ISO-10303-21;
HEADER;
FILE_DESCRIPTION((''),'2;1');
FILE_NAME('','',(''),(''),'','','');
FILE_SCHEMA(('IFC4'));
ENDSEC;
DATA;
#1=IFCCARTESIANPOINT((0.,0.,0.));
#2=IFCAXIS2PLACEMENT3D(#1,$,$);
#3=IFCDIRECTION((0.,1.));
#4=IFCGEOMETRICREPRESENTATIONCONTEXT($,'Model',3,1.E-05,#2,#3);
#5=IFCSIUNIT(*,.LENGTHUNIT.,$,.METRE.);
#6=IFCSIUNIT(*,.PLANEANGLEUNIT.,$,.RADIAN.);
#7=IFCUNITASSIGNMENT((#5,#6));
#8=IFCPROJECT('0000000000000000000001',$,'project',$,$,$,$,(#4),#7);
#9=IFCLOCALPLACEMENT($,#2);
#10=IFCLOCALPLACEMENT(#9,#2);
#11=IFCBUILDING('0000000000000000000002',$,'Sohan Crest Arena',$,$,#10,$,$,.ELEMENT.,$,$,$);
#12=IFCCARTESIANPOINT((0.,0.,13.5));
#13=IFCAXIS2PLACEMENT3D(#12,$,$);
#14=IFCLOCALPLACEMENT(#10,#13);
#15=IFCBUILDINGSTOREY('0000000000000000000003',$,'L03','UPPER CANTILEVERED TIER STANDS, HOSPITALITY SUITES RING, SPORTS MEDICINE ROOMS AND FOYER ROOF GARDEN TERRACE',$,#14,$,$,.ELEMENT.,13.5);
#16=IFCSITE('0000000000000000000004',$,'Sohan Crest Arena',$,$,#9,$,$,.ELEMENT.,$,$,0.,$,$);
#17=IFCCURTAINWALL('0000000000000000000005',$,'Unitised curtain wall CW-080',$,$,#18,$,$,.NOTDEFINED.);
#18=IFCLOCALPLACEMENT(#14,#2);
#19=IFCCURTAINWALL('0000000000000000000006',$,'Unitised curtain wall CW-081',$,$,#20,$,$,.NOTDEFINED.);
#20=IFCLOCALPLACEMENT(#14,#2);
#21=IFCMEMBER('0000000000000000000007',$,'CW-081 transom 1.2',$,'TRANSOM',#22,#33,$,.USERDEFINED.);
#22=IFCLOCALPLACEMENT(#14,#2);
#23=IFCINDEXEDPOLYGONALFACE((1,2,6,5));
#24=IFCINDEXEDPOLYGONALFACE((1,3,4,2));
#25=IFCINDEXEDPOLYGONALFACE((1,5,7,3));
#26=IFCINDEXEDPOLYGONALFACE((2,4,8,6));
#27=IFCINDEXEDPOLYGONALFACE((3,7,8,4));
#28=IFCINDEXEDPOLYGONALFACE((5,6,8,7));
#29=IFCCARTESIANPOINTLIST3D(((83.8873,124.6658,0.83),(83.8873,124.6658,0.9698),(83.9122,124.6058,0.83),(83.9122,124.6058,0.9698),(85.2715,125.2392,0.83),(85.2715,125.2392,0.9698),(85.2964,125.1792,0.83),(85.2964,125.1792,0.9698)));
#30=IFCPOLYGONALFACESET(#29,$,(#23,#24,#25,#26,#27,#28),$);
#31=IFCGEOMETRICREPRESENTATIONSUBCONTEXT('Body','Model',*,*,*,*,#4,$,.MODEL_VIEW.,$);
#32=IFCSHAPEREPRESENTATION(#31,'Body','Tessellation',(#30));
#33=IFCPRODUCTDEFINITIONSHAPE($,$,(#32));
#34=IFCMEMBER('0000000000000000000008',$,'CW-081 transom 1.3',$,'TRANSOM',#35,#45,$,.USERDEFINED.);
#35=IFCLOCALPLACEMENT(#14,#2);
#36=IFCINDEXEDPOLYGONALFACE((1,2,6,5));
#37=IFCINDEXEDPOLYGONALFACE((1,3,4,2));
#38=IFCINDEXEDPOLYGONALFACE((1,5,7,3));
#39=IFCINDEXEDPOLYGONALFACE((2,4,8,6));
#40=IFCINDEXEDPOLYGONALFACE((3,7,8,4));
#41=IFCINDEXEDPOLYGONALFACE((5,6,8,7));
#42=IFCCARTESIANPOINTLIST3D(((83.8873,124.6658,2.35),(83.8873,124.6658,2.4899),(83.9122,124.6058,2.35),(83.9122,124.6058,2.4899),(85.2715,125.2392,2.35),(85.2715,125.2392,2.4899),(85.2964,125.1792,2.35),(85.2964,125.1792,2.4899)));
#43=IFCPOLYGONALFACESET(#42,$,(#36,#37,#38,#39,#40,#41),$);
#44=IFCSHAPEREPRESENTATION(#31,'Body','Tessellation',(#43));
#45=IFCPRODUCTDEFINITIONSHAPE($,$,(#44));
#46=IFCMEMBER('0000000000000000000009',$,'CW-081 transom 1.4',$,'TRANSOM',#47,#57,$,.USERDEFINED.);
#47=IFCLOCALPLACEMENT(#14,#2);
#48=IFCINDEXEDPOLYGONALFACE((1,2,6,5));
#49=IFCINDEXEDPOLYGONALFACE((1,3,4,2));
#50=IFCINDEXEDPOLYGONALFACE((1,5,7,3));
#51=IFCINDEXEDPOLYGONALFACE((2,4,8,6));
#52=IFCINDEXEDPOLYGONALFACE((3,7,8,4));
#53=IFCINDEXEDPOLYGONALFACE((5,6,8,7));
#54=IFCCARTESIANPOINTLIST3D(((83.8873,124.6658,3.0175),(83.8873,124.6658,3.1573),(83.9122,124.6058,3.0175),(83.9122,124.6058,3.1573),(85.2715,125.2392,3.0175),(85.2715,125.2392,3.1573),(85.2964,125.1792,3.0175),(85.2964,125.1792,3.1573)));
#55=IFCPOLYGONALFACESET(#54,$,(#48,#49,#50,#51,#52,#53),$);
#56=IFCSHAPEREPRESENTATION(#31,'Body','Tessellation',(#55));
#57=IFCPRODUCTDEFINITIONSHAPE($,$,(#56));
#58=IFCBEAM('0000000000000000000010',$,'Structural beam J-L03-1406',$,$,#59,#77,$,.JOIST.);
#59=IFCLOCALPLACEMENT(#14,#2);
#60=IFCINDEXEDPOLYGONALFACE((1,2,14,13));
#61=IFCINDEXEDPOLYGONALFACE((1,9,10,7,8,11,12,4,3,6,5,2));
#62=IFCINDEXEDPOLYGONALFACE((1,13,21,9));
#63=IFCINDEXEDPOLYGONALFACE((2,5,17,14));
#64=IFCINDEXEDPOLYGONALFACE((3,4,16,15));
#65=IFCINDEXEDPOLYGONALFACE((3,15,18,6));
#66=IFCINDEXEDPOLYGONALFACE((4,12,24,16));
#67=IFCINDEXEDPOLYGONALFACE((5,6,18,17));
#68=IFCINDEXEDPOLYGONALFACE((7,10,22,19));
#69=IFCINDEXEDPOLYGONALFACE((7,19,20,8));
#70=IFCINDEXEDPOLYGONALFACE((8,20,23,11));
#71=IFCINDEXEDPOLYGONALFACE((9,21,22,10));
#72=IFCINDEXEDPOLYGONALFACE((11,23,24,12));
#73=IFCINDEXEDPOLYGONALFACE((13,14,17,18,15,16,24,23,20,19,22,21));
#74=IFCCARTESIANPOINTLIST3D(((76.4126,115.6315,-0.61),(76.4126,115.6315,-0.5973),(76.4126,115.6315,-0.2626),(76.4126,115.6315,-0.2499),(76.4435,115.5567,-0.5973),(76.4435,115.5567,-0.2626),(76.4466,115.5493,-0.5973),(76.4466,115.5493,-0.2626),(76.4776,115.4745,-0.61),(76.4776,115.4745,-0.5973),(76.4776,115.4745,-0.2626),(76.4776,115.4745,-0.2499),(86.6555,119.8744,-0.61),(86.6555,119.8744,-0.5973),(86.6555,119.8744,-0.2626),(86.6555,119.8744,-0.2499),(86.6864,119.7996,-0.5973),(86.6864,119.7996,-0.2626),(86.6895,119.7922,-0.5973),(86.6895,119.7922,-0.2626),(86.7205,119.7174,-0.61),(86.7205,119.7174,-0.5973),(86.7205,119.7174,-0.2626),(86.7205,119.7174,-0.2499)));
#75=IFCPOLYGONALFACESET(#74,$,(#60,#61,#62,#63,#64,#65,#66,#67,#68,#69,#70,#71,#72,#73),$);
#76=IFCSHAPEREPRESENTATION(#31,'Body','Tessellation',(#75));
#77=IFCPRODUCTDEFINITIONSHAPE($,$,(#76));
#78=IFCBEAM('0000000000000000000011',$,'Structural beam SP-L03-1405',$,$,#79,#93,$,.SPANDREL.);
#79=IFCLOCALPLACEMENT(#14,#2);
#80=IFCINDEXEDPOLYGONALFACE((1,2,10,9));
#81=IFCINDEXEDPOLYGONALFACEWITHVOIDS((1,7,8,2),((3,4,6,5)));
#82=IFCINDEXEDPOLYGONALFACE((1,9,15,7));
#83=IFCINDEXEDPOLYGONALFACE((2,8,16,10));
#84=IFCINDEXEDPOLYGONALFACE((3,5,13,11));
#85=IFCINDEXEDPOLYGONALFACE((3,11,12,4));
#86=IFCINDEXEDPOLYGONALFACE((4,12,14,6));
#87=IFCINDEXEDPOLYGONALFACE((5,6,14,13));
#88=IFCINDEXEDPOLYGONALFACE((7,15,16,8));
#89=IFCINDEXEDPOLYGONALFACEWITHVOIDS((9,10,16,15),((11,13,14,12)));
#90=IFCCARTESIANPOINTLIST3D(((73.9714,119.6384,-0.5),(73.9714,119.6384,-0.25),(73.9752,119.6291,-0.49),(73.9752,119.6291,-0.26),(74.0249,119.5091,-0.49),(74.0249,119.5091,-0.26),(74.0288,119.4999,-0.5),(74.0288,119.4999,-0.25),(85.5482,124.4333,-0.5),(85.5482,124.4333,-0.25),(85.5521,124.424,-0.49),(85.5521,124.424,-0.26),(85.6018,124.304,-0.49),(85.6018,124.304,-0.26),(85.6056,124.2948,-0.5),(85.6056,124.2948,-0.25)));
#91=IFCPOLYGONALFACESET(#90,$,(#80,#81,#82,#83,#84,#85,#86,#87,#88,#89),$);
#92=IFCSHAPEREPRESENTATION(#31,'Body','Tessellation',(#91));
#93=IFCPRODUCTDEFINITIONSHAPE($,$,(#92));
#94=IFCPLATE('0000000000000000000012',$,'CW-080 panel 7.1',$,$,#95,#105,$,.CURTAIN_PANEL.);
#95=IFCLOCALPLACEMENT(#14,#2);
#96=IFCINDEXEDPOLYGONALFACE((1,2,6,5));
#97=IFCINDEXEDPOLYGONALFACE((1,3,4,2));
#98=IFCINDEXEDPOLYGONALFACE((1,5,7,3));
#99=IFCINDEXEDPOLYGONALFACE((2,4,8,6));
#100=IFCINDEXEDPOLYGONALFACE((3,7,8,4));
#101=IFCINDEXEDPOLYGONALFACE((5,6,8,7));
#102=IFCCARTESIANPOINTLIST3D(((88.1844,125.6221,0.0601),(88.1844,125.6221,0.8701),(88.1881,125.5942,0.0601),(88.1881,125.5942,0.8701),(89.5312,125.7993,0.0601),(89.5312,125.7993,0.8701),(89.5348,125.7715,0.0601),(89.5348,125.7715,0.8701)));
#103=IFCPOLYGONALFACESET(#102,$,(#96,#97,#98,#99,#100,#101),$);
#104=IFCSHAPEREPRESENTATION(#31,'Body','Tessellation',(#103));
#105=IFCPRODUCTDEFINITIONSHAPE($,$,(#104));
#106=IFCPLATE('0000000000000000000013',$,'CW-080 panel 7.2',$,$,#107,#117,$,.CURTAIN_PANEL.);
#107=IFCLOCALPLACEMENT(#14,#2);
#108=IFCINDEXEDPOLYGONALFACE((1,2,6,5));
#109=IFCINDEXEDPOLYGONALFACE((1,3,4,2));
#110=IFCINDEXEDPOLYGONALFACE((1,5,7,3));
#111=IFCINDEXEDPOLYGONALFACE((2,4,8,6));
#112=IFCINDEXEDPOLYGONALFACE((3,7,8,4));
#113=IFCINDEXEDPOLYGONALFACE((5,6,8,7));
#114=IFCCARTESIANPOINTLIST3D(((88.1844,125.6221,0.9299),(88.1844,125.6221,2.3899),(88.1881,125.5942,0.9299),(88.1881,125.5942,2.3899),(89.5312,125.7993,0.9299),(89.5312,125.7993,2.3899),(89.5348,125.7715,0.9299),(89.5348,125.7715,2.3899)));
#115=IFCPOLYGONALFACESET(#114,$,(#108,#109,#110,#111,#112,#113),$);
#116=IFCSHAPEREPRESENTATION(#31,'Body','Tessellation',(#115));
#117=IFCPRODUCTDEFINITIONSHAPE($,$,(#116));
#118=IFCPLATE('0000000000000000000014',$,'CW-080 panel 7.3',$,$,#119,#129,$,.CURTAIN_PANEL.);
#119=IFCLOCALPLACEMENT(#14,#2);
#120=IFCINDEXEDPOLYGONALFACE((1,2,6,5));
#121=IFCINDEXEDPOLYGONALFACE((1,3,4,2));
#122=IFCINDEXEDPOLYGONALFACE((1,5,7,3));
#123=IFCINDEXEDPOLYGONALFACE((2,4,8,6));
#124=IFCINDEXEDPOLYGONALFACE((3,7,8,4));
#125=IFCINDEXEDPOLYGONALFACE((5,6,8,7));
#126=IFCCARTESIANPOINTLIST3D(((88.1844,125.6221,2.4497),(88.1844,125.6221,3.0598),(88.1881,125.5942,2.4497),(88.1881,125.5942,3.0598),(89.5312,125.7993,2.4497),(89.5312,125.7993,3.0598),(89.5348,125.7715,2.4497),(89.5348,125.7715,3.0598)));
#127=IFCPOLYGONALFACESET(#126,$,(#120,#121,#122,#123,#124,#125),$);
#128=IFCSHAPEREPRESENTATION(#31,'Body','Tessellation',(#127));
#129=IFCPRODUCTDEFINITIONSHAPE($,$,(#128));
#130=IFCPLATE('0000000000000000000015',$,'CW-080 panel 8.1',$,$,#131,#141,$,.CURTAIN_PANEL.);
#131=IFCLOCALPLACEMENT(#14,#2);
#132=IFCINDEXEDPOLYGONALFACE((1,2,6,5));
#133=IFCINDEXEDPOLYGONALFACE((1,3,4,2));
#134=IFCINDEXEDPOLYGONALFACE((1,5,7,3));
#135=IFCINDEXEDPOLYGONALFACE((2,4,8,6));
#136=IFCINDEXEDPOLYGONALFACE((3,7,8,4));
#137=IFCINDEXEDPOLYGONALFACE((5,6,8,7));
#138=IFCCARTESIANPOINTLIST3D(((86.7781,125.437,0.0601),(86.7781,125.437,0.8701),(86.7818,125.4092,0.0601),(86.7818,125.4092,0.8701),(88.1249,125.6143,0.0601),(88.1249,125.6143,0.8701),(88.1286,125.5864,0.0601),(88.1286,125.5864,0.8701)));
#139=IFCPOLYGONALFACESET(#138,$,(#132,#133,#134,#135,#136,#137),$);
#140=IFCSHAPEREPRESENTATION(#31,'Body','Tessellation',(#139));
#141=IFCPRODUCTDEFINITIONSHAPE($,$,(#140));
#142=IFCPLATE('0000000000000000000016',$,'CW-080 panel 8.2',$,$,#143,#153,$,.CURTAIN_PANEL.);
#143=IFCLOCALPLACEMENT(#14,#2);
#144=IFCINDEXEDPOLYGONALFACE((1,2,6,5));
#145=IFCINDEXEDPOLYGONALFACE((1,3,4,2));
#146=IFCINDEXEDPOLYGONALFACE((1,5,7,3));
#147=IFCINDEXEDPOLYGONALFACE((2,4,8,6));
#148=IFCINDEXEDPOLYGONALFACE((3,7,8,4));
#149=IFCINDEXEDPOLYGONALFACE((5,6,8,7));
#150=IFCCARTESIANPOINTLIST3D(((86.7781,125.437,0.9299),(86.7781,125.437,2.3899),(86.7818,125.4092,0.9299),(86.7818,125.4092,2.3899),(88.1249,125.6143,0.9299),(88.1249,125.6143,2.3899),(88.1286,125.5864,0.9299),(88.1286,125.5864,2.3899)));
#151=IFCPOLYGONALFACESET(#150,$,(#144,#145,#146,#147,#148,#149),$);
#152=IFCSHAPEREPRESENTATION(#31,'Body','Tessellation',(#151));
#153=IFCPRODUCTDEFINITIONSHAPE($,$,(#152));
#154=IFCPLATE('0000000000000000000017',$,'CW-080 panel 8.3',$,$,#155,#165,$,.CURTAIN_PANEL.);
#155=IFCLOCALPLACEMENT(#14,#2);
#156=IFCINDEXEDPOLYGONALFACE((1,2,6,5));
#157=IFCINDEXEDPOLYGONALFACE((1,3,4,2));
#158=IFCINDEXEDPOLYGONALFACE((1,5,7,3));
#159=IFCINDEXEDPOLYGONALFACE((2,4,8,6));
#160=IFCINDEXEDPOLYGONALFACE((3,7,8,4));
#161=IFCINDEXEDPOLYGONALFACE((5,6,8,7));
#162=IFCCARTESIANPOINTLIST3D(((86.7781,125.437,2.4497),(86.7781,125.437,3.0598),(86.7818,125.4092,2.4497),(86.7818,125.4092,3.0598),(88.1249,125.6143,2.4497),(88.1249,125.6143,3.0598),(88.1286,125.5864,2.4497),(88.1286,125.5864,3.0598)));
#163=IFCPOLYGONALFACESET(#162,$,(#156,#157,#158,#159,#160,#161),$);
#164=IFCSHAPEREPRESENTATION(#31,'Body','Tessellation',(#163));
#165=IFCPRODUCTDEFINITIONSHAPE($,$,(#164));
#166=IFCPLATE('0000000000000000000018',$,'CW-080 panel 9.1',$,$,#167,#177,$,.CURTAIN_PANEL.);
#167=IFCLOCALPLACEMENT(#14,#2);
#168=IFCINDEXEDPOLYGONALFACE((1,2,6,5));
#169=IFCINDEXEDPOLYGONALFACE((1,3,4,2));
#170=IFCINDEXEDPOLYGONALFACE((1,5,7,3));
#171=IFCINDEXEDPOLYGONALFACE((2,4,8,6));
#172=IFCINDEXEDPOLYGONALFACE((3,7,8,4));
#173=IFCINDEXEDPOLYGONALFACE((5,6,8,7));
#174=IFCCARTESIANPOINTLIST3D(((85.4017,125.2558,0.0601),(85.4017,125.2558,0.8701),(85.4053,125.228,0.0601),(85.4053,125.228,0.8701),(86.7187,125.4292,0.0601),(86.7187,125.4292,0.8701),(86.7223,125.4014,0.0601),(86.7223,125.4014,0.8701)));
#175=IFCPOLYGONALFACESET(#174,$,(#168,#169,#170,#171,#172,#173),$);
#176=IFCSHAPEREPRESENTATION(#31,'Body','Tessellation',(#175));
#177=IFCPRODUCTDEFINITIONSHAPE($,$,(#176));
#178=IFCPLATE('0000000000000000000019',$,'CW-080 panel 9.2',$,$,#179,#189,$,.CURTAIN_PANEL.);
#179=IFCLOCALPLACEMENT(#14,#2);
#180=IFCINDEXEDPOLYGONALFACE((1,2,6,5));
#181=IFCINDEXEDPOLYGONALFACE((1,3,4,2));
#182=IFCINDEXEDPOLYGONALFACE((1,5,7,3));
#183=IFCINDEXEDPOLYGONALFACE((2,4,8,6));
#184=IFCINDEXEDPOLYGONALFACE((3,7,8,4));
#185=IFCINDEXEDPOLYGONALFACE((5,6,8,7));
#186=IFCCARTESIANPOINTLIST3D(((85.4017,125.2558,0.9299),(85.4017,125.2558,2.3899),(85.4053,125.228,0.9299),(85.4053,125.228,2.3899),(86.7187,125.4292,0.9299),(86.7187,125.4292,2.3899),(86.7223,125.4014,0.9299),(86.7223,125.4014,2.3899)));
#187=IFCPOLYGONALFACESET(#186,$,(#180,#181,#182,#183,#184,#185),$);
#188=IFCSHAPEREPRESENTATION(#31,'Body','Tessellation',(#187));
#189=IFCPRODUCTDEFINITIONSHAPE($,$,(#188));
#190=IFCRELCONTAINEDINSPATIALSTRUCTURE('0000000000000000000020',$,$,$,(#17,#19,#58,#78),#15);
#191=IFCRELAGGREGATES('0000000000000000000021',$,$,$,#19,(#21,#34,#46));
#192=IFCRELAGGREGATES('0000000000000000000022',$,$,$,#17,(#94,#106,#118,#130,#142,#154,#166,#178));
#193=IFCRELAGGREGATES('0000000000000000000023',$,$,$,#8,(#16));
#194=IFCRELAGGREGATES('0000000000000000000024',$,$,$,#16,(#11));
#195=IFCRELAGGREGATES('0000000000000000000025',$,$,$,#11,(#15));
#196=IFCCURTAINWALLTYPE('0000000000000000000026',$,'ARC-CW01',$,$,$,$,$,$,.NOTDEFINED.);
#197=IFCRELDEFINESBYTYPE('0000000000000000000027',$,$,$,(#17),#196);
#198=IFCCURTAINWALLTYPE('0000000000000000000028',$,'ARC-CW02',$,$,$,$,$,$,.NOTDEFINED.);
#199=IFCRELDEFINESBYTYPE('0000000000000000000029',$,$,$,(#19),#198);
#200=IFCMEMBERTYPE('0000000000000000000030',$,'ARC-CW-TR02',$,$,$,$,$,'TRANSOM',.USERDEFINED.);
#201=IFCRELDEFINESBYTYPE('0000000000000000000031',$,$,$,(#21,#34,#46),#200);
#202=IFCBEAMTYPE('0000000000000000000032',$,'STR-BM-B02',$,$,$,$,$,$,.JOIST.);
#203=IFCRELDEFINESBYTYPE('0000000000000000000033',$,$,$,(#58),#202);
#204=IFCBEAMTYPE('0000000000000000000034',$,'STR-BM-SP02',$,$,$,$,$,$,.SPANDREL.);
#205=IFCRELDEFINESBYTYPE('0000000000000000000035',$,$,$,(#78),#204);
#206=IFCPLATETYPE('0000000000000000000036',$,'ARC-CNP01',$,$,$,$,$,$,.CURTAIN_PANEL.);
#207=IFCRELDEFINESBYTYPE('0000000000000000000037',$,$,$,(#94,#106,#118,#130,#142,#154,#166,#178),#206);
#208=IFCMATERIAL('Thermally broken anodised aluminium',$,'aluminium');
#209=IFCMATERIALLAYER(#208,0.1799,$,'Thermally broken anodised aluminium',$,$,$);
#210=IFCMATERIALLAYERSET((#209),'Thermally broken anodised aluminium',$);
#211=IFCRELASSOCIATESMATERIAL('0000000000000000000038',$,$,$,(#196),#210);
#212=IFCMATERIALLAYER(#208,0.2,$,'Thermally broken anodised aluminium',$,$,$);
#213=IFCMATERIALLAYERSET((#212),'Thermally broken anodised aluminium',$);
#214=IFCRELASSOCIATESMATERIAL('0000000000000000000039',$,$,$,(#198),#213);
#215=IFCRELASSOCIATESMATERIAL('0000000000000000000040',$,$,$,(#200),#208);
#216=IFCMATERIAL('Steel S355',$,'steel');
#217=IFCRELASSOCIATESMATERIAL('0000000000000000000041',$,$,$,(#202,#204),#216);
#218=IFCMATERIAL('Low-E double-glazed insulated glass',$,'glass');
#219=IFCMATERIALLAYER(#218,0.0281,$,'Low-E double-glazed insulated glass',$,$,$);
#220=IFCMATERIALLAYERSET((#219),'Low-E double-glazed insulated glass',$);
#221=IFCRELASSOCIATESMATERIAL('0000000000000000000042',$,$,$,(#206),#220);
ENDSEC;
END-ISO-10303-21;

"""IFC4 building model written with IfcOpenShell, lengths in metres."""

from ifc_helpers import new_model, si_unit, direction, frame, origin, origin_2d, place, context, subcontext, project, spatial, rectangle, hollow_rectangle, i_section, extrude, material, layer, layer_set, material_profile, profile_set, type_object, element, aggregate, save


model = new_model("IFC4")

# Units and contexts
model_context = context("Model", 3, precision=1e-05, world=origin(), true_north=direction((0.0, 1.0)))
body_context = subcontext(model_context, "Body", "Model", "MODEL_VIEW")
ifc_project = project(units=[si_unit("LENGTHUNIT", "METRE"), si_unit("PLANEANGLEUNIT", "RADIAN")], contexts=[model_context])

# Site, building, storey
site_placement = place(None, origin())
site = spatial("IfcSite", under=ifc_project, at=site_placement, Name="Sohan Crest Arena", CompositionType="ELEMENT", RefElevation=0.0)
building_placement = place(site_placement, origin())
building = spatial("IfcBuilding", under=site, at=building_placement, Name="Sohan Crest Arena", CompositionType="ELEMENT")
storey_placement = place(building_placement, frame((0.0, 0.0, 13.5)))
storey = spatial("IfcBuildingStorey", under=building, at=storey_placement, Name="L03", Description="UPPER CANTILEVERED TIER STANDS, HOSPITALITY SUITES RING, SPORTS MEDICINE ROOMS AND FOYER ROOF GARDEN TERRACE", CompositionType="ELEMENT", Elevation=13.5)

# Shared definitions
ifc_material_1 = material(Name="Steel S355", Category="steel")

# Curtain wall
ifc_material_2 = material(Name="Thermally broken anodised aluminium", Category="aluminium")
ifc_layer_1 = layer(ifc_material_2, 0.1799, Name="Thermally broken anodised aluminium")
ifc_layer_set_1 = layer_set([ifc_layer_1], Name="Thermally broken anodised aluminium")
curtain_wall_type_1 = type_object("IfcCurtainWallType", Name="ARC-CW01", PredefinedType="NOTDEFINED", material=ifc_layer_set_1)
curtain_wall_1_placement = place(storey_placement, origin())
curtain_wall_1 = element("IfcCurtainWall", 1, at=curtain_wall_1_placement, inside=storey, type_object=curtain_wall_type_1, Name="Unitised curtain wall CW-080", PredefinedType="NOTDEFINED")

# Curtain wall
ifc_layer_2 = layer(ifc_material_2, 0.2, Name="Thermally broken anodised aluminium")
ifc_layer_set_2 = layer_set([ifc_layer_2], Name="Thermally broken anodised aluminium")
curtain_wall_type_2 = type_object("IfcCurtainWallType", Name="ARC-CW02", PredefinedType="NOTDEFINED", material=ifc_layer_set_2)
curtain_wall_2_placement = place(storey_placement, origin())
curtain_wall_2 = element("IfcCurtainWall", 2, at=curtain_wall_2_placement, inside=storey, type_object=curtain_wall_type_2, Name="Unitised curtain wall CW-081", PredefinedType="NOTDEFINED")

# Members
ifc_material_profile_1 = material_profile(ifc_material_2, rectangle(XDim=0.0649, YDim=0.1399, at=origin_2d()), Name="ALU-TRAN 65x140")
ifc_profile_set_1 = profile_set([ifc_material_profile_1], Name="Thermally broken anodised aluminium")
member_type_1 = type_object("IfcMemberType", Name="ARC-CW-TR02", ElementType="TRANSOM", PredefinedType="USERDEFINED", material=ifc_profile_set_1)
member_1_placement = place(storey_placement, frame((85.2839, 125.2092, 0.8999), z_axis=(-0.923856, -0.38274, 0.0), x_axis=(0.38274, -0.923856, 0.0)))
member_1 = element("IfcMember", 3, at=member_1_placement, type_object=member_type_1, Name="CW-081 transom 1.2", ObjectType="TRANSOM", PredefinedType="USERDEFINED", context=body_context, shape_type="SweptSolid", body=[
    extrude(rectangle(XDim=0.0649, YDim=0.1399, at=origin_2d()), origin(), (0.0, 0.0, 1.0), 1.4983),
])
member_2_placement = place(storey_placement, frame((85.2839, 125.2092, 2.4199), z_axis=(-0.923856, -0.38274, 0.0), x_axis=(0.38274, -0.923856, 0.0)))
member_2 = element("IfcMember", 4, at=member_2_placement, type_object=member_type_1, Name="CW-081 transom 1.3", ObjectType="TRANSOM", PredefinedType="USERDEFINED", context=body_context, shape_type="SweptSolid", body=[
    extrude(rectangle(XDim=0.0649, YDim=0.1399, at=origin_2d()), origin(), (0.0, 0.0, 1.0), 1.4983),
])
member_3_placement = place(storey_placement, frame((85.2839, 125.2092, 3.0874), z_axis=(-0.923856, -0.38274, 0.0), x_axis=(0.38274, -0.923856, 0.0)))
member_3 = element("IfcMember", 5, at=member_3_placement, type_object=member_type_1, Name="CW-081 transom 1.4", ObjectType="TRANSOM", PredefinedType="USERDEFINED", context=body_context, shape_type="SweptSolid", body=[
    extrude(rectangle(XDim=0.0649, YDim=0.1399, at=origin_2d()), origin(), (0.0, 0.0, 1.0), 1.4983),
])
aggregate(curtain_wall_2, [member_1, member_2, member_3])

# Beams
ifc_material_profile_2 = material_profile(ifc_material_1, i_section(OverallWidth=0.1699, OverallDepth=0.3601, WebThickness=0.0081, FlangeThickness=0.0127, at=origin_2d()), Name="IPE 360")
ifc_profile_set_2 = profile_set([ifc_material_profile_2], Name="Steel S355")
beam_type_1 = type_object("IfcBeamType", Name="STR-BM-B02", PredefinedType="JOIST", material=ifc_profile_set_2)
beam_1_placement = place(storey_placement, frame((86.688, 119.7959, -0.4299), z_axis=(-0.923874, -0.382696, 0.0), x_axis=(0.382696, -0.923874, 0.0)))
element("IfcBeam", 6, at=beam_1_placement, inside=storey, type_object=beam_type_1, Name="Structural beam J-L03-1406", PredefinedType="JOIST", context=body_context, shape_type="SweptSolid", body=[
    extrude(i_section(OverallWidth=0.1699, OverallDepth=0.3601, WebThickness=0.0081, FlangeThickness=0.0127, at=origin_2d()), origin(), (0.0, 0.0, 1.0), 11.0869),
])
ifc_material_profile_3 = material_profile(ifc_material_1, hollow_rectangle(XDim=0.1499, YDim=0.25, WallThickness=0.01, at=origin_2d()), Name="RHS 250x150x10")
ifc_profile_set_3 = profile_set([ifc_material_profile_3], Name="Steel S355")
beam_type_2 = type_object("IfcBeamType", Name="STR-BM-SP02", PredefinedType="SPANDREL", material=ifc_profile_set_3)
beam_2_placement = place(storey_placement, frame((85.5769, 124.364, -0.375), z_axis=(-0.923891, -0.382657, 0.0), x_axis=(0.382657, -0.923891, 0.0)))
element("IfcBeam", 7, at=beam_2_placement, inside=storey, type_object=beam_type_2, Name="Structural beam SP-L03-1405", PredefinedType="SPANDREL", context=body_context, shape_type="SweptSolid", body=[
    extrude(hollow_rectangle(XDim=0.1499, YDim=0.25, WallThickness=0.01, at=origin_2d()), origin(), (0.0, 0.0, 1.0), 12.5305),
])

# Plates
ifc_material_3 = material(Name="Low-E double-glazed insulated glass", Category="glass")
ifc_layer_3 = layer(ifc_material_3, 0.0281, Name="Low-E double-glazed insulated glass")
ifc_layer_set_3 = layer_set([ifc_layer_3], Name="Low-E double-glazed insulated glass")
plate_type = type_object("IfcPlateType", Name="ARC-CNP01", PredefinedType="CURTAIN_PANEL", material=ifc_layer_set_3)
plate_1_placement = place(storey_placement, frame((88.8596, 125.6968, 0.0601), z_axis=(0.0, 0.0, 1.0), x_axis=(-0.991447, -0.130511, 0.0)))
plate_1 = element("IfcPlate", 8, at=plate_1_placement, type_object=plate_type, Name="CW-080 panel 7.1", PredefinedType="CURTAIN_PANEL", context=body_context, shape_type="SweptSolid", body=[
    extrude(rectangle(XDim=1.3584, YDim=0.0281, at=origin_2d()), origin(), (0.0, 0.0, 1.0), 0.8101),
])
plate_2_placement = place(storey_placement, frame((88.8596, 125.6968, 0.9299), z_axis=(0.0, 0.0, 1.0), x_axis=(-0.991447, -0.130511, 0.0)))
plate_2 = element("IfcPlate", 9, at=plate_2_placement, type_object=plate_type, Name="CW-080 panel 7.2", PredefinedType="CURTAIN_PANEL", context=body_context, shape_type="SweptSolid", body=[
    extrude(rectangle(XDim=1.3584, YDim=0.0281, at=origin_2d()), origin(), (0.0, 0.0, 1.0), 1.46),
])
plate_3_placement = place(storey_placement, frame((88.8596, 125.6968, 2.4497), z_axis=(0.0, 0.0, 1.0), x_axis=(-0.991447, -0.130511, 0.0)))
plate_3 = element("IfcPlate", 10, at=plate_3_placement, type_object=plate_type, Name="CW-080 panel 7.3", PredefinedType="CURTAIN_PANEL", context=body_context, shape_type="SweptSolid", body=[
    extrude(rectangle(XDim=1.3584, YDim=0.0281, at=origin_2d()), origin(), (0.0, 0.0, 1.0), 0.6101),
])
plate_4_placement = place(storey_placement, frame((87.4534, 125.5117, 0.0601), z_axis=(0.0, 0.0, 1.0), x_axis=(-0.991447, -0.130511, 0.0)))
plate_4 = element("IfcPlate", 11, at=plate_4_placement, type_object=plate_type, Name="CW-080 panel 8.1", PredefinedType="CURTAIN_PANEL", context=body_context, shape_type="SweptSolid", body=[
    extrude(rectangle(XDim=1.3584, YDim=0.0281, at=origin_2d()), origin(), (0.0, 0.0, 1.0), 0.8101),
])
plate_5_placement = place(storey_placement, frame((87.4534, 125.5117, 0.9299), z_axis=(0.0, 0.0, 1.0), x_axis=(-0.991447, -0.130511, 0.0)))
plate_5 = element("IfcPlate", 12, at=plate_5_placement, type_object=plate_type, Name="CW-080 panel 8.2", PredefinedType="CURTAIN_PANEL", context=body_context, shape_type="SweptSolid", body=[
    extrude(rectangle(XDim=1.3584, YDim=0.0281, at=origin_2d()), origin(), (0.0, 0.0, 1.0), 1.46),
])
plate_6_placement = place(storey_placement, frame((87.4534, 125.5117, 2.4497), z_axis=(0.0, 0.0, 1.0), x_axis=(-0.991447, -0.130511, 0.0)))
plate_6 = element("IfcPlate", 13, at=plate_6_placement, type_object=plate_type, Name="CW-080 panel 8.3", PredefinedType="CURTAIN_PANEL", context=body_context, shape_type="SweptSolid", body=[
    extrude(rectangle(XDim=1.3584, YDim=0.0281, at=origin_2d()), origin(), (0.0, 0.0, 1.0), 0.6101),
])
plate_7_placement = place(storey_placement, frame((86.062, 125.3286, 0.0601), z_axis=(0.0, 0.0, 1.0), x_axis=(-0.991447, -0.130511, 0.0)))
plate_7 = element("IfcPlate", 14, at=plate_7_placement, type_object=plate_type, Name="CW-080 panel 9.1", PredefinedType="CURTAIN_PANEL", context=body_context, shape_type="SweptSolid", body=[
    extrude(rectangle(XDim=1.3284, YDim=0.0281, at=origin_2d()), origin(), (0.0, 0.0, 1.0), 0.8101),
])
plate_8_placement = place(storey_placement, frame((86.062, 125.3286, 0.9299), z_axis=(0.0, 0.0, 1.0), x_axis=(-0.991447, -0.130511, 0.0)))
plate_8 = element("IfcPlate", 15, at=plate_8_placement, type_object=plate_type, Name="CW-080 panel 9.2", PredefinedType="CURTAIN_PANEL", context=body_context, shape_type="SweptSolid", body=[
    extrude(rectangle(XDim=1.3284, YDim=0.0281, at=origin_2d()), origin(), (0.0, 0.0, 1.0), 1.46),
])
aggregate(curtain_wall_1, [plate_1, plate_2, plate_3, plate_4, plate_5, plate_6, plate_7, plate_8])

save(model, "model.ifc")
